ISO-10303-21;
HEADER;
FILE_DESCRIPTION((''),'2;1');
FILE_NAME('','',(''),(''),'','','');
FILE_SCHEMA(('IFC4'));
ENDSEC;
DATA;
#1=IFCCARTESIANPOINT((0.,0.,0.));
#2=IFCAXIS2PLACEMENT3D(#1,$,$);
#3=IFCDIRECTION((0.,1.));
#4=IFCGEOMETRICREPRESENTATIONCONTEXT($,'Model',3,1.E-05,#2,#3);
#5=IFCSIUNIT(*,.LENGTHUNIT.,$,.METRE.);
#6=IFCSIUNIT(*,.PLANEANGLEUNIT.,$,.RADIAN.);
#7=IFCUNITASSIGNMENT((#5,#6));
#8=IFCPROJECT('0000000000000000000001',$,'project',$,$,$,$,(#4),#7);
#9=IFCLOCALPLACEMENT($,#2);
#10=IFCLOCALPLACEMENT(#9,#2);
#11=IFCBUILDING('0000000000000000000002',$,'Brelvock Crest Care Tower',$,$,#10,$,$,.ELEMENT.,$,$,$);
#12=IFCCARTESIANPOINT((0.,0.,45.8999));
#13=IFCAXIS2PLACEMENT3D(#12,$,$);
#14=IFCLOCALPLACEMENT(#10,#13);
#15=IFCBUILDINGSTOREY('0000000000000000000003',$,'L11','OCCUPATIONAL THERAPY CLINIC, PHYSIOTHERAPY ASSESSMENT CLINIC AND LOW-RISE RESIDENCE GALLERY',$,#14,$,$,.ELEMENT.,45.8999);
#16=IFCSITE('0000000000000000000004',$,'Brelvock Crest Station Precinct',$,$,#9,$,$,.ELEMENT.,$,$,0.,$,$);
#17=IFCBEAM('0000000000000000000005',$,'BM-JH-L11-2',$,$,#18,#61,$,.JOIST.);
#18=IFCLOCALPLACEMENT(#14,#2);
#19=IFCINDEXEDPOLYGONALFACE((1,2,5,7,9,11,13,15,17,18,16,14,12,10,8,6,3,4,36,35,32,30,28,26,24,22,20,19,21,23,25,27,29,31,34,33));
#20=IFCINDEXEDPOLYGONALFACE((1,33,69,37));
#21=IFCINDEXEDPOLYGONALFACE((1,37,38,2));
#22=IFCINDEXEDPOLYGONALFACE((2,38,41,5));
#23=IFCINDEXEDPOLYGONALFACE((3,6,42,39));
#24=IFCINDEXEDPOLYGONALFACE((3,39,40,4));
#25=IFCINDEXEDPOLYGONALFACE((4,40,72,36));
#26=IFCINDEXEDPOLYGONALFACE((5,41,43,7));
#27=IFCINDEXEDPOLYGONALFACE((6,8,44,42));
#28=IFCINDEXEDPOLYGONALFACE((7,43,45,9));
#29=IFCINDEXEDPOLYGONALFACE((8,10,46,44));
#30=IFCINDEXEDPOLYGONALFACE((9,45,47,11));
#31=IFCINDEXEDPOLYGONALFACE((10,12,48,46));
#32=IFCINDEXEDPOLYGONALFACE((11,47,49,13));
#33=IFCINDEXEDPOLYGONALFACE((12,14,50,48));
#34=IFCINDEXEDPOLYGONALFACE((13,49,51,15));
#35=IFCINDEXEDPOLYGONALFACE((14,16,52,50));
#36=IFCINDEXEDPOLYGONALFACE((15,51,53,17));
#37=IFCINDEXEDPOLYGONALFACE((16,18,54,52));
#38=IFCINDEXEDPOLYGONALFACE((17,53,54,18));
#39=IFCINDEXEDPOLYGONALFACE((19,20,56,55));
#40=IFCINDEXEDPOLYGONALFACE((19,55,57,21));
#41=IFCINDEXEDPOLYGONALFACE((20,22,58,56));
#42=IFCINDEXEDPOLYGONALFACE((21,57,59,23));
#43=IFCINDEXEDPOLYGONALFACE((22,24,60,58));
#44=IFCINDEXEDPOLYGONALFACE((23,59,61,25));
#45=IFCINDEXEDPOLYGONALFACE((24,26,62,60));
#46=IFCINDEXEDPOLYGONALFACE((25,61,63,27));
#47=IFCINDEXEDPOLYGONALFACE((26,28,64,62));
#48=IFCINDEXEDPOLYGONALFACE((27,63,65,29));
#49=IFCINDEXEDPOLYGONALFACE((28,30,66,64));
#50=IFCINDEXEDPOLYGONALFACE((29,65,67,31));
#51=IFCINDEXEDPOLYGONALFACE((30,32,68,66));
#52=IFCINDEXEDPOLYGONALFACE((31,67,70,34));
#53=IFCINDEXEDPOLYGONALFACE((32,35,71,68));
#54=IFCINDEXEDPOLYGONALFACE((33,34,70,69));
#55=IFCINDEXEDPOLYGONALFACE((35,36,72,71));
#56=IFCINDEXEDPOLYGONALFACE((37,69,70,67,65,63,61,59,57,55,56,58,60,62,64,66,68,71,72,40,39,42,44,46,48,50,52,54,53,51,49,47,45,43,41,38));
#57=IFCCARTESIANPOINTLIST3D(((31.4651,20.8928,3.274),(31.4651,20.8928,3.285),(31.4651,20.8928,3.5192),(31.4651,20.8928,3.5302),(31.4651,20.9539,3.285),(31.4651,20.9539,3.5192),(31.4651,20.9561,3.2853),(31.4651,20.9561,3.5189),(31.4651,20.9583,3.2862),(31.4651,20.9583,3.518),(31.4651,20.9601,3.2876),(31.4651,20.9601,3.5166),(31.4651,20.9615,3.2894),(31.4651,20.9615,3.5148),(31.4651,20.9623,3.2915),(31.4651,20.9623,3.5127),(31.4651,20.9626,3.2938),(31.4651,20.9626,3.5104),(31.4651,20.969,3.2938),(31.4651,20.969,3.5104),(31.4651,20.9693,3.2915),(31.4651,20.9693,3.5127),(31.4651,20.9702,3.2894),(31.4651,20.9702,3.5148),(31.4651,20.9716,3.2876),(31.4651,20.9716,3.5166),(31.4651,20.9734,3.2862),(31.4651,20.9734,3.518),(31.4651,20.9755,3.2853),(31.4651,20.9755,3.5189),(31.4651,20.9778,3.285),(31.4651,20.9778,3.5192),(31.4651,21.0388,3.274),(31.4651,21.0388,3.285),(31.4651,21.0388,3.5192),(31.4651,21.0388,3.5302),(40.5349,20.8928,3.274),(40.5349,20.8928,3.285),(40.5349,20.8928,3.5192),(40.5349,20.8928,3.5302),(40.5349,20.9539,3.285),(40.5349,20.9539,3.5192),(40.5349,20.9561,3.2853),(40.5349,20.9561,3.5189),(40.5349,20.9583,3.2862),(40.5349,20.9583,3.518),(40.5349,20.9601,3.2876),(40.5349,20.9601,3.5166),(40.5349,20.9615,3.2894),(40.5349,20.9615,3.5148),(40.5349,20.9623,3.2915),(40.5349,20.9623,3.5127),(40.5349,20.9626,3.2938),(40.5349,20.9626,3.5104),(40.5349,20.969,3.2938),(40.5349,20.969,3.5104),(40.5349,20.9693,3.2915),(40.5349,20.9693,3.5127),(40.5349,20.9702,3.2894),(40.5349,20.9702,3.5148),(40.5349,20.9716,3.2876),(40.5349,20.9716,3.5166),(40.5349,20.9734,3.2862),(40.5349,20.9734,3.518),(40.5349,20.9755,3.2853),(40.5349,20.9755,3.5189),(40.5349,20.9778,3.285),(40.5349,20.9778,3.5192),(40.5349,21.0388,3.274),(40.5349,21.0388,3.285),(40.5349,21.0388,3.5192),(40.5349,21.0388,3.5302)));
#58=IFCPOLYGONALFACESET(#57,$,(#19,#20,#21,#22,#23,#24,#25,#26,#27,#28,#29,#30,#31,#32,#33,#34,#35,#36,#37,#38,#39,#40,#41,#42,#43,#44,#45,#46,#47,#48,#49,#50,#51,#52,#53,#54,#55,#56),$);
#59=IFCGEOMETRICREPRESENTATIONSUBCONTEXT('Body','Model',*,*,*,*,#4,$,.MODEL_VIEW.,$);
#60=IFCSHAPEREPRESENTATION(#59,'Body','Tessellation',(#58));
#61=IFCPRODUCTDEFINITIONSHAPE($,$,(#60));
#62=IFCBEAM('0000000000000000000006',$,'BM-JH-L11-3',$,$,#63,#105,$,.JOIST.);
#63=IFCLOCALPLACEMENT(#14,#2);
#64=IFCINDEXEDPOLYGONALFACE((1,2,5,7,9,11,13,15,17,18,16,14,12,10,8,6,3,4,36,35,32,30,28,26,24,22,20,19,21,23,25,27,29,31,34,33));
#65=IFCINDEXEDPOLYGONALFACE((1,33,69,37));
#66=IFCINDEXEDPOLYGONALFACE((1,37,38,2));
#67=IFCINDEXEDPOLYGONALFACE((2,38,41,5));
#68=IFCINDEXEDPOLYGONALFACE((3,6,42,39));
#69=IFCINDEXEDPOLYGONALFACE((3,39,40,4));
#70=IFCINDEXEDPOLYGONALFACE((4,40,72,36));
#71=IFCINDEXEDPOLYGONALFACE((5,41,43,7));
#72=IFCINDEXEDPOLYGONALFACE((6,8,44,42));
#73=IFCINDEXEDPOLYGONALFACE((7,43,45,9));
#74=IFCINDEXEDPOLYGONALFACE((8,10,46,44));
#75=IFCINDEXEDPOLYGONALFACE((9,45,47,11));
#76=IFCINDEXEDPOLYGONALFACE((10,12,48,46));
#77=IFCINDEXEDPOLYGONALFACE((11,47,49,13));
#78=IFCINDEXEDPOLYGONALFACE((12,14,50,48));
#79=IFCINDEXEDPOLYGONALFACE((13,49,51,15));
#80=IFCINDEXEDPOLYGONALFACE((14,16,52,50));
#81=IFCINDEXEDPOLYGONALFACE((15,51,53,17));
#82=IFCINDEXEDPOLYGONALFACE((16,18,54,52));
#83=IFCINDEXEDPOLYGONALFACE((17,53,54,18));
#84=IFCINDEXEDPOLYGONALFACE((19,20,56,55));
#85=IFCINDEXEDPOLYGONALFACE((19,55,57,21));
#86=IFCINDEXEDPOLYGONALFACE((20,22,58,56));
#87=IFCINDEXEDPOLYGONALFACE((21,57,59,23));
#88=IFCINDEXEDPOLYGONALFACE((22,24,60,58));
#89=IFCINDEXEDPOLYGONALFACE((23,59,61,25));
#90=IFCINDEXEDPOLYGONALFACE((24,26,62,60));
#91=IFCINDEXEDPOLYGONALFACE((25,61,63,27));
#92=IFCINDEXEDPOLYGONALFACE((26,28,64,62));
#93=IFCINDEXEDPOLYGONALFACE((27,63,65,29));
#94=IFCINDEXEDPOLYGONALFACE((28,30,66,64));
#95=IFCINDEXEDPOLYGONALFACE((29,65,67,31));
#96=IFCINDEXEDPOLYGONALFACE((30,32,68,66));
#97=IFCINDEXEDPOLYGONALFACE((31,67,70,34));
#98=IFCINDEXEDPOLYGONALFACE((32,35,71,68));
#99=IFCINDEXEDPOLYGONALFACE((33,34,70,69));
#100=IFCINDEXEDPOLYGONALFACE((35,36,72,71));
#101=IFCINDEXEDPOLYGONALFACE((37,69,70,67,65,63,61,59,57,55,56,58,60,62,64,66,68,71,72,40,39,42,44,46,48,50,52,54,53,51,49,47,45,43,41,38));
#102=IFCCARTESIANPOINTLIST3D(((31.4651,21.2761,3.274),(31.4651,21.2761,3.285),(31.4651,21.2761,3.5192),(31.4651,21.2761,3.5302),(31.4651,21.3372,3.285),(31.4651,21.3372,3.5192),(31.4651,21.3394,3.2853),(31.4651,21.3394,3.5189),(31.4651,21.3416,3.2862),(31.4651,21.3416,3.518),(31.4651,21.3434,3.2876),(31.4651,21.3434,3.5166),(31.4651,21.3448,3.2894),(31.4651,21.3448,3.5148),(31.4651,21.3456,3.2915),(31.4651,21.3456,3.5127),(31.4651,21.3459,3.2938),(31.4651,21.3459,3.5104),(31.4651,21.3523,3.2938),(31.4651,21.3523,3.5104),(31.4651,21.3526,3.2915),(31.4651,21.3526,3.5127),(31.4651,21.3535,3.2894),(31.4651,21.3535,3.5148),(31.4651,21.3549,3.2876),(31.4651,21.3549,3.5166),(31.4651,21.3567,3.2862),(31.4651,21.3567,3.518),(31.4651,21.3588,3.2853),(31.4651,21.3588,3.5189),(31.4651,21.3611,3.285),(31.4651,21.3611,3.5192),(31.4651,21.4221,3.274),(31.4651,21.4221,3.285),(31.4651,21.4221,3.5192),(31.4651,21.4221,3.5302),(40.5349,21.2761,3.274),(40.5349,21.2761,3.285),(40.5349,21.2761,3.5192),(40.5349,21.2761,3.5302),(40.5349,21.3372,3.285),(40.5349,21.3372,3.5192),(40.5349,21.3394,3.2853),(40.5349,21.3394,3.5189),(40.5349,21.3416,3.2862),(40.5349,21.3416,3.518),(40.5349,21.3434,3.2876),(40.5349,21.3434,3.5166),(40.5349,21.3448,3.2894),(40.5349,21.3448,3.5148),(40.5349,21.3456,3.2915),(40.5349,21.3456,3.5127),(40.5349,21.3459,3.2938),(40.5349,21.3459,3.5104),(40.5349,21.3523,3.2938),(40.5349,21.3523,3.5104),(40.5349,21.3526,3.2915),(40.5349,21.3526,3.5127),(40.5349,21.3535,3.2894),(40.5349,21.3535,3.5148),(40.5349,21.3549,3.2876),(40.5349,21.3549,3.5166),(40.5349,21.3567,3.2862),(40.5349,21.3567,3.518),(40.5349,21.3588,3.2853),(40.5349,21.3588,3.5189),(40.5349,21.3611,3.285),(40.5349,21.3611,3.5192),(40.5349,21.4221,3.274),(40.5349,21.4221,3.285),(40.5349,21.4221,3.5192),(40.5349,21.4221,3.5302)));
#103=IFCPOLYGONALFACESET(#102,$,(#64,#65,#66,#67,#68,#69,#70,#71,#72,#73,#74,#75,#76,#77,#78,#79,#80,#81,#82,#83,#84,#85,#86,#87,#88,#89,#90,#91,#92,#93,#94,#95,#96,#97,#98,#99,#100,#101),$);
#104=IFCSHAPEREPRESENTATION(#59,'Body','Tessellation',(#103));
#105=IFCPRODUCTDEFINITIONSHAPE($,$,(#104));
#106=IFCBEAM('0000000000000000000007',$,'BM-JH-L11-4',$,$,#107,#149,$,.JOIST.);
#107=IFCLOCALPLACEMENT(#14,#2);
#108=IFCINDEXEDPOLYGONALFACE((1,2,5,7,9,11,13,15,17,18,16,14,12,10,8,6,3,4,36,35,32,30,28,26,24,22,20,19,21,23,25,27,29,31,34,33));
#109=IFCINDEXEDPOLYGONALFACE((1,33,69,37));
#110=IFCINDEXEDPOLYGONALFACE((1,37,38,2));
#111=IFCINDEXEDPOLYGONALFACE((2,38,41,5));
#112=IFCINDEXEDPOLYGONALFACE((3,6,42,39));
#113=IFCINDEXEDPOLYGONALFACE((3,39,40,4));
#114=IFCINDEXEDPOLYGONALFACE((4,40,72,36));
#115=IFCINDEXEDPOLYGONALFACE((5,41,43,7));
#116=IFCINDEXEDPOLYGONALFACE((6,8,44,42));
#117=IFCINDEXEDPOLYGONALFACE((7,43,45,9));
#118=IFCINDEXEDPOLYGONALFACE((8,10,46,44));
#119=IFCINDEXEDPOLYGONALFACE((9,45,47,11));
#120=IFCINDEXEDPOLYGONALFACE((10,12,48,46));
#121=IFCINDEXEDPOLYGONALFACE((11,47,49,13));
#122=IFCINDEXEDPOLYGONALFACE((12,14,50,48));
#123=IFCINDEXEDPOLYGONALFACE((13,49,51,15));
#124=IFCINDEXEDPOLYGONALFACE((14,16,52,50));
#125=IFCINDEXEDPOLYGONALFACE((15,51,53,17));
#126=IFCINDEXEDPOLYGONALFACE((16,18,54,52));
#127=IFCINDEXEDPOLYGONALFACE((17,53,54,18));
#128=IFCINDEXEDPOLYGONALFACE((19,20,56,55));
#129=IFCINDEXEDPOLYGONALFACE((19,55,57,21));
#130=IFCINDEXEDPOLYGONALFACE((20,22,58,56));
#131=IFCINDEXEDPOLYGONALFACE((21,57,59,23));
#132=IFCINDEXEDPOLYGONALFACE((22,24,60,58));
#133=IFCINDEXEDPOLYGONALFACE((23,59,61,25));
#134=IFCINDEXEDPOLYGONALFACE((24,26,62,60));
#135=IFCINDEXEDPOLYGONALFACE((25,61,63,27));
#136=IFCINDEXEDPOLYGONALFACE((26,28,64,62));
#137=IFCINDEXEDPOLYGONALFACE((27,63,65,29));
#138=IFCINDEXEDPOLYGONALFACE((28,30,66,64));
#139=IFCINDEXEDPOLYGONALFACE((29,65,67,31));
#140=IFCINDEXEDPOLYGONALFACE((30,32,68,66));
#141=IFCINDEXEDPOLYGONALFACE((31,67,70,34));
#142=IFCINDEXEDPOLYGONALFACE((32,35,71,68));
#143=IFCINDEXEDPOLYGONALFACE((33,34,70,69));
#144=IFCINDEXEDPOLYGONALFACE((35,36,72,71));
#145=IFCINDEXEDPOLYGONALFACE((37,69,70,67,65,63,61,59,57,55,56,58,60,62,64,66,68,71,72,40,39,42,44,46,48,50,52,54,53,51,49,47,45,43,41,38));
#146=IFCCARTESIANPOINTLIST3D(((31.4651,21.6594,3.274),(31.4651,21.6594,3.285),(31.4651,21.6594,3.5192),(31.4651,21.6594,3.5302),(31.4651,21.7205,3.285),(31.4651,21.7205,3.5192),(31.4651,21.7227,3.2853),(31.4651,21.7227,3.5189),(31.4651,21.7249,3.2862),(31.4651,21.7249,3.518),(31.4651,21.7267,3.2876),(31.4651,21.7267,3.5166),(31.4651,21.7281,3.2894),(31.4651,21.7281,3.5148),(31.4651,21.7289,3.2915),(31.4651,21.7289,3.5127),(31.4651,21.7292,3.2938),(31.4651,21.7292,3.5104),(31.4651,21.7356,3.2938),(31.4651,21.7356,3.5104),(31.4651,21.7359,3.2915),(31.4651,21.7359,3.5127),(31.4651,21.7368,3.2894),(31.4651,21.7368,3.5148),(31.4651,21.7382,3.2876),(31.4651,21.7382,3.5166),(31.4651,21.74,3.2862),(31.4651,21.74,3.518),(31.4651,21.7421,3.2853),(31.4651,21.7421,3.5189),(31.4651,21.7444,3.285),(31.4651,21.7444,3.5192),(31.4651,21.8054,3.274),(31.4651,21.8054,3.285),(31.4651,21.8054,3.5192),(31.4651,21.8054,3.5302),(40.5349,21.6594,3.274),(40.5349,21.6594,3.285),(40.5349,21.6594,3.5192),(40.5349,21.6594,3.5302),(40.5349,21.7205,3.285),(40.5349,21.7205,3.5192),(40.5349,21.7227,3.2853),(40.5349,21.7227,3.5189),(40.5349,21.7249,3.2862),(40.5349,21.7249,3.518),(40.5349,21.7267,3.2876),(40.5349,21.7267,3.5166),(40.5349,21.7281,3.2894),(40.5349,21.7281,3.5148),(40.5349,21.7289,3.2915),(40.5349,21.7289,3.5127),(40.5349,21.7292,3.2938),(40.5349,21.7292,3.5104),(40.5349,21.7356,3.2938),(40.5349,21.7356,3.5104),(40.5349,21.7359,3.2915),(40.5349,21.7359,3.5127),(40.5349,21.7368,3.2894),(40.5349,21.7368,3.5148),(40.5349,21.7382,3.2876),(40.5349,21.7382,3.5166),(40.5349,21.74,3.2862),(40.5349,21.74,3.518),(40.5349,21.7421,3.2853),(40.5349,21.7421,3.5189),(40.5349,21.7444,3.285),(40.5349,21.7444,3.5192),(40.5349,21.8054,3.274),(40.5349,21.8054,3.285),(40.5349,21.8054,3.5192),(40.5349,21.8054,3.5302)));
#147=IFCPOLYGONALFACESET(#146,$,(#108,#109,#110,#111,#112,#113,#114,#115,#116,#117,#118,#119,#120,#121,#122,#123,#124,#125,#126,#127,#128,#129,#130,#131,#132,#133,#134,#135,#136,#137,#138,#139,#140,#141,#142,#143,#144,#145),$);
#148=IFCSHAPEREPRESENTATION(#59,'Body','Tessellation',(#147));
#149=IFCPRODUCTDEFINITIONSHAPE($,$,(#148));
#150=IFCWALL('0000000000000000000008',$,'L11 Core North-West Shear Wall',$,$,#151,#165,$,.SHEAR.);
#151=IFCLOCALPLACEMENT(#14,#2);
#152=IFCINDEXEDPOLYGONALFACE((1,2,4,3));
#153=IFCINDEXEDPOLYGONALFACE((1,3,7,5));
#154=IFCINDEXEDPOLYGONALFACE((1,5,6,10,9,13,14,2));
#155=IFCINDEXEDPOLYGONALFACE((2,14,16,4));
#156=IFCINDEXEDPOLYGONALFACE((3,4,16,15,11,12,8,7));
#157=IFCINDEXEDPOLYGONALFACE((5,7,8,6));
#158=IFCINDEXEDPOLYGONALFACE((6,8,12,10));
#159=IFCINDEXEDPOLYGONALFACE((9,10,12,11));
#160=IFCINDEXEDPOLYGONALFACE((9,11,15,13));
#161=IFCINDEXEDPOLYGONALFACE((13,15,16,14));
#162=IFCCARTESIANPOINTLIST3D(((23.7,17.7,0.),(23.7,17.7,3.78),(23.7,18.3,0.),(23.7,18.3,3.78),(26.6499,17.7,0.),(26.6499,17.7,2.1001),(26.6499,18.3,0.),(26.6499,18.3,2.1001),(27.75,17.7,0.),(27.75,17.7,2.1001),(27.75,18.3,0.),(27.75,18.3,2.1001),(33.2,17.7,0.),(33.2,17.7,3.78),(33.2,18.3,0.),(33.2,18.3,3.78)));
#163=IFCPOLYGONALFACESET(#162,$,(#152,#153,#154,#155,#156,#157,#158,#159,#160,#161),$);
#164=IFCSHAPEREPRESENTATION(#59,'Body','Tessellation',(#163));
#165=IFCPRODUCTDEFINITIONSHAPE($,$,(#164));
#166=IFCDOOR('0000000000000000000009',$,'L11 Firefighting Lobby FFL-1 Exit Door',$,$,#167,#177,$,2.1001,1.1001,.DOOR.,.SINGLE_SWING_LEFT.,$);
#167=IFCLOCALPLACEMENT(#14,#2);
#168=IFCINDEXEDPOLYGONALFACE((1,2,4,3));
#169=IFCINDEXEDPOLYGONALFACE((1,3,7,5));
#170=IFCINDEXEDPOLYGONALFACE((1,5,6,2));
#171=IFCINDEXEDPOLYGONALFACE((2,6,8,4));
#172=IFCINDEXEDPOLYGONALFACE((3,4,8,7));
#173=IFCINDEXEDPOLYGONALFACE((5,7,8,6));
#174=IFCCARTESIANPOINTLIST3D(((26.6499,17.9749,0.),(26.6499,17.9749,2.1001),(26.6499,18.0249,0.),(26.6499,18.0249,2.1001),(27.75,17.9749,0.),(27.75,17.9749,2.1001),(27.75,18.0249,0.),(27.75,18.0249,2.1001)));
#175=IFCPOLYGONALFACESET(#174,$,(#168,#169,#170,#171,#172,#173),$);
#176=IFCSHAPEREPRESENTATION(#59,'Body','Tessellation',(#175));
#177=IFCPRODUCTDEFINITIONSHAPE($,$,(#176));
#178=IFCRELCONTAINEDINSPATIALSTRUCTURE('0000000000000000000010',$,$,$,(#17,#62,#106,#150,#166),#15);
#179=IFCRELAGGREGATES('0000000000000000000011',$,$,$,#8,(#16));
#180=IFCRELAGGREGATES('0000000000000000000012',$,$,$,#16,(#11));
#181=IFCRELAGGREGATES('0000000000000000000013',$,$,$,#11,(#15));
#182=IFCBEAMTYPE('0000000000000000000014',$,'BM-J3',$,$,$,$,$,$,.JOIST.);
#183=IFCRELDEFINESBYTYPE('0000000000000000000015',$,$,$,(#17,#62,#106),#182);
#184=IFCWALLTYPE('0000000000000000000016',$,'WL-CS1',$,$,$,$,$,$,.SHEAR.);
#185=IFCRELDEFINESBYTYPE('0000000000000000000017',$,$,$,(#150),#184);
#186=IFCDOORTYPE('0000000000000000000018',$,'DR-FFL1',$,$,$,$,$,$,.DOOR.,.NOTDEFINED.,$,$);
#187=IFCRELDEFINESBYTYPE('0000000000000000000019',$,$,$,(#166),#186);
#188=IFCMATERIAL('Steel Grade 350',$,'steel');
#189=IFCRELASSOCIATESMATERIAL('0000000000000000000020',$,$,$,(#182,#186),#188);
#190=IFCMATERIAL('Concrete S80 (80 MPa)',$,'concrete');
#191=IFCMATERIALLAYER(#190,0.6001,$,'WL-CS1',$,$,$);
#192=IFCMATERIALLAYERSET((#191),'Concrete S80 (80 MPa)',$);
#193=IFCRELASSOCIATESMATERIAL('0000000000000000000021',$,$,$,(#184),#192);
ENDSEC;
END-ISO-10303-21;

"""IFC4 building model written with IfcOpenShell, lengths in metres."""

from ifc_helpers import new_model, si_unit, direction, frame, frame_2d, origin, origin_2d, place, context, subcontext, project, spatial, rectangle, i_section, extrude, source, transform, mapped, material, layer, layer_set, material_profile, profile_set, type_object, element, fill, save


model = new_model("IFC4")

# Units and contexts
model_context = context("Model", 3, precision=1e-05, world=origin(), true_north=direction((0.0, 1.0)))
body_context = subcontext(model_context, "Body", "Model", "MODEL_VIEW")
ifc_project = project(units=[si_unit("LENGTHUNIT", "METRE"), si_unit("PLANEANGLEUNIT", "RADIAN")], contexts=[model_context])

# Site, building, storey
site_placement = place(None, origin())
site = spatial("IfcSite", under=ifc_project, at=site_placement, Name="Brelvock Crest Station Precinct", CompositionType="ELEMENT", RefElevation=0.0)
building_placement = place(site_placement, origin())
building = spatial("IfcBuilding", under=site, at=building_placement, Name="Brelvock Crest Care Tower", CompositionType="ELEMENT")
storey_placement = place(building_placement, frame((0.0, 0.0, 45.8999)))
storey = spatial("IfcBuildingStorey", under=building, at=storey_placement, Name="L11", Description="OCCUPATIONAL THERAPY CLINIC, PHYSIOTHERAPY ASSESSMENT CLINIC AND LOW-RISE RESIDENCE GALLERY", CompositionType="ELEMENT", Elevation=45.8999)

# Shared definitions
ifc_material_1 = material(Name="Concrete S80 (80 MPa)", Category="concrete")
ifc_material_2 = material(Name="Steel Grade 350", Category="steel")

# Beams
ifc_material_profile_1 = material_profile(ifc_material_2, i_section(OverallWidth=0.146, OverallDepth=0.2561, WebThickness=0.0063, FlangeThickness=0.011, FilletRadius=0.0088, at=origin_2d()), Name="250UB37.3")
ifc_profile_set_1 = profile_set([ifc_material_profile_1], Name="Steel Grade 350")
beam_type_1 = type_object("IfcBeamType", Name="BM-J3", PredefinedType="JOIST", material=ifc_profile_set_1)
shared_shape_1 = source(origin(), body_context, "Body", "SweptSolid", [
    extrude(i_section(OverallWidth=0.146, OverallDepth=0.2561, WebThickness=0.0063, FlangeThickness=0.011, FilletRadius=0.0088, at=origin_2d()), origin(), (0.0, 0.0, 1.0), 9.0698),
])
for number, where, z_axis, x_axis, name in (
    (1, (31.4651, 20.9658, 3.4021), (1.0, 0.0, 0.0), (0.0, 1.0, 0.0), "BM-JH-L11-2"),
    (2, (31.4651, 21.3491, 3.4021), (1.0, 0.0, 0.0), (0.0, 1.0, 0.0), "BM-JH-L11-3"),
    (3, (31.4651, 21.7324, 3.4021), (1.0, 0.0, 0.0), (0.0, 1.0, 0.0), "BM-JH-L11-4"),
):
    element("IfcBeam", number, at=place(storey_placement, frame(where, z_axis=z_axis, x_axis=x_axis)), inside=storey, type_object=beam_type_1, Name=name, PredefinedType="JOIST", context=body_context, shape_type="MappedRepresentation", body=[
        mapped(shared_shape_1, transform((0.0, 0.0, 0.0), x_axis=(1.0, 0.0, 0.0), y_axis=(0.0, 1.0, 0.0), z_axis=(0.0, 0.0, 1.0), scale=1.0)),
    ])

# Wall, opening, door
ifc_layer_1 = layer(ifc_material_1, 0.6001, Name="WL-CS1")
ifc_layer_set_1 = layer_set([ifc_layer_1], Name="Concrete S80 (80 MPa)")
wall_type_1 = type_object("IfcWallType", Name="WL-CS1", PredefinedType="SHEAR", material=ifc_layer_set_1)
wall_1_placement = place(storey_placement, frame((23.7, 18.0, 0.0), z_axis=(0.0, 0.0, 1.0), x_axis=(1.0, 0.0, 0.0)))
wall_1 = element("IfcWall", 4, at=wall_1_placement, inside=storey, type_object=wall_type_1, Name="L11 Core North-West Shear Wall", PredefinedType="SHEAR", context=body_context, shape_type="SweptSolid", body=[
    extrude(rectangle(XDim=9.5, YDim=0.6001, at=frame_2d((4.75, 0.0))), origin(), (0.0, 0.0, 1.0), 3.78),
])
opening_1_placement = place(wall_1_placement, frame((2.95, 0.0, 0.0)))
opening_1 = element("IfcOpeningElement", 5, at=opening_1_placement, cuts=wall_1, PredefinedType="OPENING", context=body_context, shape_type="SweptSolid", body=[
    extrude(rectangle(XDim=1.1001, YDim=2.1001, at=origin_2d()), frame((0.55, 0.3101, 1.05), z_axis=(0.0, -1.0, 0.0), x_axis=(1.0, 0.0, 0.0)), (0.0, 0.0, 1.0), 0.6201),
])
door_type_1 = type_object("IfcDoorType", Name="DR-FFL1", OperationType="NOTDEFINED", PredefinedType="DOOR", material=ifc_material_2)
shared_shape_2 = source(origin(), body_context, "Body", "SweptSolid", [
    extrude(rectangle(XDim=1.1001, YDim=2.1001, at=origin_2d()), frame((0.55, 0.0249, 1.05), z_axis=(0.0, -1.0, 0.0), x_axis=(1.0, 0.0, 0.0)), (0.0, 0.0, 1.0), 0.05),
])
door_1_placement = place(opening_1_placement, origin())
door_1 = element("IfcDoor", 6, at=door_1_placement, inside=storey, type_object=door_type_1, Name="L11 Firefighting Lobby FFL-1 Exit Door", OperationType="SINGLE_SWING_LEFT", OverallHeight=2.1001, OverallWidth=1.1001, PredefinedType="DOOR", context=body_context, shape_type="MappedRepresentation", body=[
    mapped(shared_shape_2, transform((0.0, 0.0, 0.0), x_axis=(1.0, 0.0, 0.0), y_axis=(0.0, 1.0, 0.0), z_axis=(0.0, 0.0, 1.0), scale=1.0)),
])
fill(opening_1, door_1)

save(model, "model.ifc")
